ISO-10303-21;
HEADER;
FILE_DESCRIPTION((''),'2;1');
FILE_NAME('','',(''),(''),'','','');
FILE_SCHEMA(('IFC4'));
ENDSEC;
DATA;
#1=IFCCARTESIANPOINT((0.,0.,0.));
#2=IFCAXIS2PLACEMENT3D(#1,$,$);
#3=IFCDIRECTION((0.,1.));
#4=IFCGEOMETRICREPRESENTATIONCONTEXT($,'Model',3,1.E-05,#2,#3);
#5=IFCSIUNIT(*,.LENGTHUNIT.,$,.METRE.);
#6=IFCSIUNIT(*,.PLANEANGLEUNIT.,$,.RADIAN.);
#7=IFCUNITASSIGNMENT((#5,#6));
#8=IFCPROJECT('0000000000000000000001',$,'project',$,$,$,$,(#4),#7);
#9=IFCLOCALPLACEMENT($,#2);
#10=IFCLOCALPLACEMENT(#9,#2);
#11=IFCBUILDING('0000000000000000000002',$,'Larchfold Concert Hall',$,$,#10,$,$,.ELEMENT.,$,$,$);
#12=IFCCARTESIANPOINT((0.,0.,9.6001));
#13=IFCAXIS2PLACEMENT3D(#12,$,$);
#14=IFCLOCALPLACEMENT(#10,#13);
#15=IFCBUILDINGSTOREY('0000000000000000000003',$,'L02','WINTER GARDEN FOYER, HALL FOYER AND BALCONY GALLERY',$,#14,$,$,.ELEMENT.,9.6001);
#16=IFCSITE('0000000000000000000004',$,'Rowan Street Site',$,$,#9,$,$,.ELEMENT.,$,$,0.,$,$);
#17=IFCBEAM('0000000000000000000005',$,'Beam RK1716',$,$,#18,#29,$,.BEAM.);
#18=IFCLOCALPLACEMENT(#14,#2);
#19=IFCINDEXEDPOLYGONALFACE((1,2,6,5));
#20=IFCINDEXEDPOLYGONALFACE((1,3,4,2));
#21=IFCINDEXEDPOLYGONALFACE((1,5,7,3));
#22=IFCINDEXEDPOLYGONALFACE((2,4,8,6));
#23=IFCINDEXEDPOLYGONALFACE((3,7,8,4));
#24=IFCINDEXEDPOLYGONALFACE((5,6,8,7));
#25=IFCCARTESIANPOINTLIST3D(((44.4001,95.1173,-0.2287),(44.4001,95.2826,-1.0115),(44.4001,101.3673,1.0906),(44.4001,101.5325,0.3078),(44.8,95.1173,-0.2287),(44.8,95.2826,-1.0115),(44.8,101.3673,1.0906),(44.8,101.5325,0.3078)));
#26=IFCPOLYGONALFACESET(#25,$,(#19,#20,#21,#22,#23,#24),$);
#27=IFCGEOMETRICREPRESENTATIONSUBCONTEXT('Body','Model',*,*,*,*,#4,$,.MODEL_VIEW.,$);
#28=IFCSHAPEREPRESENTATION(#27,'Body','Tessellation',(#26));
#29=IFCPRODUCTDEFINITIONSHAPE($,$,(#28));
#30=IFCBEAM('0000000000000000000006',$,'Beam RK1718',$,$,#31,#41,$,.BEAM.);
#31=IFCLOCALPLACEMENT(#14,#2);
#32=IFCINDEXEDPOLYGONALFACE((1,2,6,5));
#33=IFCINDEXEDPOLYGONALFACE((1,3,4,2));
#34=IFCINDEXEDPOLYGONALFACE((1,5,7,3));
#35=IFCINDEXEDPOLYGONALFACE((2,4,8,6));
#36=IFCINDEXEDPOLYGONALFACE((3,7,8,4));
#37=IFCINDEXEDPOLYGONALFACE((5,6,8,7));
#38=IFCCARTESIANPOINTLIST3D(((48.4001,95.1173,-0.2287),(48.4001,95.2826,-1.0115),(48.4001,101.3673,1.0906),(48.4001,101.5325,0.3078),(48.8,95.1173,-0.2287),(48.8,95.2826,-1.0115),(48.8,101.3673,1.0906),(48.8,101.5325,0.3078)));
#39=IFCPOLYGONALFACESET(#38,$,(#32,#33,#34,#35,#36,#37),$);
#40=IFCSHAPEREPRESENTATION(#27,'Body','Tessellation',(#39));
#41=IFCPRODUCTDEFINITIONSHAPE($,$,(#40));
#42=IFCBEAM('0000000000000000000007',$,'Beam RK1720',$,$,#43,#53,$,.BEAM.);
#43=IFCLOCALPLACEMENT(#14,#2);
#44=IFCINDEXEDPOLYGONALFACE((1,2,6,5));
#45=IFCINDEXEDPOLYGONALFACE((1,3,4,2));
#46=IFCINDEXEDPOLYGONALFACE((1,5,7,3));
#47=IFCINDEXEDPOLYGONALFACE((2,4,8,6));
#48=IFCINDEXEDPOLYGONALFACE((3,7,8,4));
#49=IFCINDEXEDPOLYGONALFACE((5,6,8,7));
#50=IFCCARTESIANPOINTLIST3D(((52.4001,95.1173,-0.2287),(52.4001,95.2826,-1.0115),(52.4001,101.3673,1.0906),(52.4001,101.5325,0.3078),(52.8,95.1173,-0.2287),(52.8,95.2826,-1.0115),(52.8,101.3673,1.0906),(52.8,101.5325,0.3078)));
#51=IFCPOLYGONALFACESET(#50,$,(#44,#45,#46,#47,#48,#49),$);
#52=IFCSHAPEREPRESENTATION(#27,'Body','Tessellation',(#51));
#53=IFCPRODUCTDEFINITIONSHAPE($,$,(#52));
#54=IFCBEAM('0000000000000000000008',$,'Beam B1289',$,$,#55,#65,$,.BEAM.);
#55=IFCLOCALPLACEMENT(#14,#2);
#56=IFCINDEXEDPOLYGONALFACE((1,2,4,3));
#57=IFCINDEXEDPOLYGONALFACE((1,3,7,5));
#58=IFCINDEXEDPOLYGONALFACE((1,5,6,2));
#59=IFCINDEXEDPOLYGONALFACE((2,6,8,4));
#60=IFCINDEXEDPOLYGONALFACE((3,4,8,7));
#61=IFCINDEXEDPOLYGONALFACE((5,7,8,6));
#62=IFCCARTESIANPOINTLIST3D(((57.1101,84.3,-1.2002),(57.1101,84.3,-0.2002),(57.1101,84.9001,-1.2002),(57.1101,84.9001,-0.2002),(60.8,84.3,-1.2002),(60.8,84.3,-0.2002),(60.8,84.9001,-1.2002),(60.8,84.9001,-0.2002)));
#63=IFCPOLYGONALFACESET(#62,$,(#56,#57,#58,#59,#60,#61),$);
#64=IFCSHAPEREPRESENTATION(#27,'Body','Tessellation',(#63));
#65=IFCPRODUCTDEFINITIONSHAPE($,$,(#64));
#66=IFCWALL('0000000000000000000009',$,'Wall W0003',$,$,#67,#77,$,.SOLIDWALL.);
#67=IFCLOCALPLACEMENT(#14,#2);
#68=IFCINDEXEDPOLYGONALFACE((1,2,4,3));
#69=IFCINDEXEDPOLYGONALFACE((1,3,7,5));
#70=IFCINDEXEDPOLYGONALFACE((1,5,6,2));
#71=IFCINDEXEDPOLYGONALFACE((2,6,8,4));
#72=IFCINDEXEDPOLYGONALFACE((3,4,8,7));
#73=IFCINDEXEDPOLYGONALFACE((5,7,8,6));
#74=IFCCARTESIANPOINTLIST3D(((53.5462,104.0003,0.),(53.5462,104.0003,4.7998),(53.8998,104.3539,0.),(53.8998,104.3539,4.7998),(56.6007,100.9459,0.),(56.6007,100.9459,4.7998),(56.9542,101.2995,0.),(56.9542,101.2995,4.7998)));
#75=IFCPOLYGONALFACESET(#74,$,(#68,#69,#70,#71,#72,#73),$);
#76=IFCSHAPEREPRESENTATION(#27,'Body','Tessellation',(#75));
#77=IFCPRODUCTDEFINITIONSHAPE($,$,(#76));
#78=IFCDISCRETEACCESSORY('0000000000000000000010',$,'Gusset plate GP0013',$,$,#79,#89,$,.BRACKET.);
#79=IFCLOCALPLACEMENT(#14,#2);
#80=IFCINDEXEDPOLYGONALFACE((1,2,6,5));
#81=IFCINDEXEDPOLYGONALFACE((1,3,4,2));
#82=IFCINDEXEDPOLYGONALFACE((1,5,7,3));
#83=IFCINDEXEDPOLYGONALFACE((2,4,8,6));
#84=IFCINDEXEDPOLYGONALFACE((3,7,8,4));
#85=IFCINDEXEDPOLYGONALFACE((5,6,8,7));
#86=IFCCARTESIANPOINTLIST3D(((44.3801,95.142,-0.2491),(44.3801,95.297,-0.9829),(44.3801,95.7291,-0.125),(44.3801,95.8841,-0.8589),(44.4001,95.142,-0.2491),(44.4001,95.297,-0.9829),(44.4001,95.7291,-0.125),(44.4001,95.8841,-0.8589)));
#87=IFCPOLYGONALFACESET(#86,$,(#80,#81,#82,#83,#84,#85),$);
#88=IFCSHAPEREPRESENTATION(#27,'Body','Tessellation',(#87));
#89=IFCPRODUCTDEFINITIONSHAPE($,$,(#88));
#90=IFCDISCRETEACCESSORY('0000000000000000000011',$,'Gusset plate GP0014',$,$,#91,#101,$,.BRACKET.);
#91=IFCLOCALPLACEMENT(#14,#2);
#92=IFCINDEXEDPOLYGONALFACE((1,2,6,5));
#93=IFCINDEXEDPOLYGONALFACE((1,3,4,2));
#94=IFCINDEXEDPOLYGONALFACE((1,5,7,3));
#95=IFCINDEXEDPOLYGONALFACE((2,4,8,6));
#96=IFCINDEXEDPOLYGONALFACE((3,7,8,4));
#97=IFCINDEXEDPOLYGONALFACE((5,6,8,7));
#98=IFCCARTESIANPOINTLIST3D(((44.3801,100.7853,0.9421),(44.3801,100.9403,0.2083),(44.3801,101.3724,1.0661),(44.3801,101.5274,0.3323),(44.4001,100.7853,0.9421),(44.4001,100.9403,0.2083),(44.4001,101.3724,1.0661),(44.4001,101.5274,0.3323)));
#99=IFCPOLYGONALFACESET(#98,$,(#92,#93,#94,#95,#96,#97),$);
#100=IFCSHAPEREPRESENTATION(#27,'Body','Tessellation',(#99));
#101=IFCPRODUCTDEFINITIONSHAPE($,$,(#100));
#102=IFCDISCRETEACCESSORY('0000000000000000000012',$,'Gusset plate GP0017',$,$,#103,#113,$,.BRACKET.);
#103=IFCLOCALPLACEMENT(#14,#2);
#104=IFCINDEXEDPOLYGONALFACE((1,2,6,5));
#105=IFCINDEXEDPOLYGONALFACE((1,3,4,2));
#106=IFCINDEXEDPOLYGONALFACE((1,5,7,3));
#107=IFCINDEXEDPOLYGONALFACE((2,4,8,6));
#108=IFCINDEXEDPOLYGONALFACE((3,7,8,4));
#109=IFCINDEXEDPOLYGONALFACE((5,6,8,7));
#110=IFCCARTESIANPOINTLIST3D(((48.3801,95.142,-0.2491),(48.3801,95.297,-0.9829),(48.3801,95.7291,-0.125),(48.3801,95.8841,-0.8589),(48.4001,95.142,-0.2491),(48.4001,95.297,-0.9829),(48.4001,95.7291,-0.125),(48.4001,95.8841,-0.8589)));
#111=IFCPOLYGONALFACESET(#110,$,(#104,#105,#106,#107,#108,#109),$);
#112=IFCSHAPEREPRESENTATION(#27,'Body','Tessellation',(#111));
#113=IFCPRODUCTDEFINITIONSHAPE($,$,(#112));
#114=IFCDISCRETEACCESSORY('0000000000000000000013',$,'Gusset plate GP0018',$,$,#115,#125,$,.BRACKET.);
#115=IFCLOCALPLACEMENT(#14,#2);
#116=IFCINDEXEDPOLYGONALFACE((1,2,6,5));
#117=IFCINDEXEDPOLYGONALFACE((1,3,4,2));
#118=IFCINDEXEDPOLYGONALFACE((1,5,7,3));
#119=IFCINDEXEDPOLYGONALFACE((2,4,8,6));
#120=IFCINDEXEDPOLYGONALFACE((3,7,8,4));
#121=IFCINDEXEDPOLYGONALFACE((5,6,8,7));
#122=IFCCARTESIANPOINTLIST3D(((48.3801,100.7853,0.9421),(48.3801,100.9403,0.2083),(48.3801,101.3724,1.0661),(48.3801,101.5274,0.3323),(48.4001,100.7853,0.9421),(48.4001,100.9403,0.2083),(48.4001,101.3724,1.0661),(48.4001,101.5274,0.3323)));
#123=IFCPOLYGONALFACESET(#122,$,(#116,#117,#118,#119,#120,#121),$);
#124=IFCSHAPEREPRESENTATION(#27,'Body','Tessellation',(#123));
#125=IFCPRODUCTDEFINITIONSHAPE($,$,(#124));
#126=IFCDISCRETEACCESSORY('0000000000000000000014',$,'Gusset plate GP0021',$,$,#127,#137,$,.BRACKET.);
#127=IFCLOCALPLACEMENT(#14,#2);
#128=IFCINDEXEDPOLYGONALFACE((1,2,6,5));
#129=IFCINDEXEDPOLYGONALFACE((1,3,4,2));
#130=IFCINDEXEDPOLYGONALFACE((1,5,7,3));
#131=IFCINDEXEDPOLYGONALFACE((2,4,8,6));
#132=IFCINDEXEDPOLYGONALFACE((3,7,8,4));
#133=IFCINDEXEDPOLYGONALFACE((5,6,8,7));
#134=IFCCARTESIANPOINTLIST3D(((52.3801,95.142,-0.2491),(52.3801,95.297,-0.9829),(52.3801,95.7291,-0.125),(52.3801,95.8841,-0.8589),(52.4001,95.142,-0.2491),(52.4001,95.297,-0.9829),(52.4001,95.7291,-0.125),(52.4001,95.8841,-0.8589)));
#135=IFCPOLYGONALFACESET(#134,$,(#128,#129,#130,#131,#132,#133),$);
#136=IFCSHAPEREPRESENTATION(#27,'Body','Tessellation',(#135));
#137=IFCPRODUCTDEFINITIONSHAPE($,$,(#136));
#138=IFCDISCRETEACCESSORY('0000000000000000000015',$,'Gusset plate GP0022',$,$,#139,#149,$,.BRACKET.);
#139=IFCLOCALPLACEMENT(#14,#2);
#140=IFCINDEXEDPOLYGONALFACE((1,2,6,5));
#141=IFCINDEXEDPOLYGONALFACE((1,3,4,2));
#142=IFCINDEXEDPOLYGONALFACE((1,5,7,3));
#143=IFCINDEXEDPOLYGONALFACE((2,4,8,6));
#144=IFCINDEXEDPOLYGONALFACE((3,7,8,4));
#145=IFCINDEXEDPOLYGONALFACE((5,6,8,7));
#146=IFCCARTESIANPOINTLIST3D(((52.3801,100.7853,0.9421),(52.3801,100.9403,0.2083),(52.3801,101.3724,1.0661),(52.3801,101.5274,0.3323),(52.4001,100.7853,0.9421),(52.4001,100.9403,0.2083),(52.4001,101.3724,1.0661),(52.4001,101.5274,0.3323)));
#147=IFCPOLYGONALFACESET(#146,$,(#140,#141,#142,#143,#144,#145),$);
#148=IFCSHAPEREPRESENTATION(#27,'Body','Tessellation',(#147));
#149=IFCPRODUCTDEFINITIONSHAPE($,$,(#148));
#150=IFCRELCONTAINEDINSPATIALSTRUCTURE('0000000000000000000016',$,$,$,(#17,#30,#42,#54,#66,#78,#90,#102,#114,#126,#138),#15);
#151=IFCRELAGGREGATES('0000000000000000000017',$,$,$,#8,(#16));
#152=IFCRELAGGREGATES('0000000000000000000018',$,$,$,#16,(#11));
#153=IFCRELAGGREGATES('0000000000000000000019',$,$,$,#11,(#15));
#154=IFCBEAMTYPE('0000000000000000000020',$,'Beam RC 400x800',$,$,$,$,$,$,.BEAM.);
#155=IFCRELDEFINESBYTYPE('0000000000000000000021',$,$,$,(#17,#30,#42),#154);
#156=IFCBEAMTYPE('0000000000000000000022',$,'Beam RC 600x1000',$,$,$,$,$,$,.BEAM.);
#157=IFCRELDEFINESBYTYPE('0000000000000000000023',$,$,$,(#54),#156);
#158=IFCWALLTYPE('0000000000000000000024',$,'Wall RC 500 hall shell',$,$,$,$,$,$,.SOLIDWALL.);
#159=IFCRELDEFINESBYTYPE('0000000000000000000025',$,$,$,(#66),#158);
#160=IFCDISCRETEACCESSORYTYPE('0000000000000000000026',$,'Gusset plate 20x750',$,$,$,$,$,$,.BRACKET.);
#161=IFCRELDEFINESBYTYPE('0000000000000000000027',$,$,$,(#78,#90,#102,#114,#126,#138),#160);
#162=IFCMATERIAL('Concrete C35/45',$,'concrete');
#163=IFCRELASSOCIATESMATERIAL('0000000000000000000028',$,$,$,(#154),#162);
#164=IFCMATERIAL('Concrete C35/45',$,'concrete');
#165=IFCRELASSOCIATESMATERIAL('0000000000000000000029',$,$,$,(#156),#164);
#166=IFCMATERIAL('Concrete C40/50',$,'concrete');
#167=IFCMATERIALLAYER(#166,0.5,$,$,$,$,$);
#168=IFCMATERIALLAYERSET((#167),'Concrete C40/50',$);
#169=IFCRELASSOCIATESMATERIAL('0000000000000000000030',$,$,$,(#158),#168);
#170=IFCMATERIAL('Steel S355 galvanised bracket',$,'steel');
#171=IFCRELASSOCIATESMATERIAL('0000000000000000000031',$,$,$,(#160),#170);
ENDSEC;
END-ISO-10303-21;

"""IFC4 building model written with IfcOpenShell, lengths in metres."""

from ifc_helpers import new_model, si_unit, direction, frame, frame_2d, origin, origin_2d, place, context, subcontext, project, spatial, rectangle, extrude, material, layer, layer_set, material_profile, profile_set, type_object, element, save


model = new_model("IFC4")

# Units and contexts
model_context = context("Model", 3, precision=1e-05, world=origin(), true_north=direction((0.0, 1.0)))
body_context = subcontext(model_context, "Body", "Model", "MODEL_VIEW")
ifc_project = project(units=[si_unit("LENGTHUNIT", "METRE"), si_unit("PLANEANGLEUNIT", "RADIAN")], contexts=[model_context])

# Site, building, storey
site_placement = place(None, origin())
site = spatial("IfcSite", under=ifc_project, at=site_placement, Name="Rowan Street Site", CompositionType="ELEMENT", RefElevation=0.0)
building_placement = place(site_placement, origin())
building = spatial("IfcBuilding", under=site, at=building_placement, Name="Larchfold Concert Hall", CompositionType="ELEMENT")
storey_placement = place(building_placement, frame((0.0, 0.0, 9.6001)))
storey = spatial("IfcBuildingStorey", under=building, at=storey_placement, Name="L02", Description="WINTER GARDEN FOYER, HALL FOYER AND BALCONY GALLERY", CompositionType="ELEMENT", Elevation=9.6001)

# Beams
ifc_material_1 = material(Name="Concrete C35/45", Category="concrete")
ifc_material_profile_1 = material_profile(ifc_material_1, rectangle(XDim=0.3999, YDim=0.8, at=origin_2d()))
ifc_profile_set_1 = profile_set([ifc_material_profile_1], Name="Concrete C35/45")
beam_type_1 = type_object("IfcBeamType", Name="Beam RC 400x800", PredefinedType="BEAM", material=ifc_profile_set_1)
for number, where, z_axis, x_axis, name in (
    (1, (44.6001, 95.2, -0.6201), (0.0, 0.978438, 0.206542), (-1.0, 0.0, 0.0), "Beam RK1716"),
    (2, (48.6001, 95.2, -0.6201), (0.0, 0.978438, 0.206542), (-1.0, 0.0, 0.0), "Beam RK1718"),
    (3, (52.6001, 95.2, -0.6201), (0.0, 0.978438, 0.206542), (-1.0, 0.0, 0.0), "Beam RK1720"),
):
    element("IfcBeam", number, at=place(storey_placement, frame(where, z_axis=z_axis, x_axis=x_axis)), inside=storey, type_object=beam_type_1, Name=name, PredefinedType="BEAM", context=body_context, shape_type="SweptSolid", body=[
        extrude(rectangle(XDim=0.3999, YDim=0.8, at=origin_2d()), origin(), (0.0, 0.0, 1.0), 6.3877),
    ])
ifc_material_2 = material(Name="Concrete C35/45", Category="concrete")
ifc_material_profile_2 = material_profile(ifc_material_2, rectangle(XDim=0.6001, YDim=1.0, at=origin_2d()))
ifc_profile_set_2 = profile_set([ifc_material_profile_2], Name="Concrete C35/45")
beam_type_2 = type_object("IfcBeamType", Name="Beam RC 600x1000", PredefinedType="BEAM", material=ifc_profile_set_2)
beam_1_placement = place(storey_placement, frame((57.1101, 84.6001, -0.7002), z_axis=(1.0, 0.0, 0.0), x_axis=(0.0, 1.0, 0.0)))
element("IfcBeam", 4, at=beam_1_placement, inside=storey, type_object=beam_type_2, Name="Beam B1289", PredefinedType="BEAM", context=body_context, shape_type="SweptSolid", body=[
    extrude(rectangle(XDim=0.6001, YDim=1.0, at=origin_2d()), origin(), (0.0, 0.0, 1.0), 3.6899),
])

# Wall
ifc_material_3 = material(Name="Concrete C40/50", Category="concrete")
ifc_layer = layer(ifc_material_3, 0.5)
ifc_layer_set = layer_set([ifc_layer], Name="Concrete C40/50")
wall_type = type_object("IfcWallType", Name="Wall RC 500 hall shell", PredefinedType="SOLIDWALL", material=ifc_layer_set)
wall_placement = place(storey_placement, frame((56.7773, 101.1228, 0.0), z_axis=(0.0, 0.0, 1.0), x_axis=(-0.707107, 0.707107, 0.0)))
element("IfcWall", 5, at=wall_placement, inside=storey, type_object=wall_type, Name="Wall W0003", PredefinedType="SOLIDWALL", context=body_context, shape_type="SweptSolid", body=[
    extrude(rectangle(XDim=4.3196, YDim=0.5, at=frame_2d((2.1597, 0.0))), origin(), (0.0, 0.0, 1.0), 4.7998),
])

# Discrete accessories
ifc_material_4 = material(Name="Steel S355 galvanised bracket", Category="steel")
ifc_material_profile_3 = material_profile(ifc_material_4, rectangle(XDim=0.02, YDim=0.75, at=origin_2d()))
ifc_profile_set_3 = profile_set([ifc_material_profile_3], Name="Steel S355 galvanised bracket")
discrete_accessory_type = type_object("IfcDiscreteAccessoryType", Name="Gusset plate 20x750", PredefinedType="BRACKET", material=ifc_profile_set_3)
for number, where, z_axis, x_axis, name in (
    (6, (44.3901, 95.2195, -0.616), (0.0, 0.978411, 0.206667), (-1.0, 0.0, 0.0), "Gusset plate GP0013"),
    (7, (44.3901, 100.8628, 0.5752), (0.0, 0.978411, 0.206667), (-1.0, 0.0, 0.0), "Gusset plate GP0014"),
    (8, (48.3901, 95.2195, -0.616), (0.0, 0.978411, 0.206667), (-1.0, 0.0, 0.0), "Gusset plate GP0017"),
    (9, (48.3901, 100.8628, 0.5752), (0.0, 0.978411, 0.206667), (-1.0, 0.0, 0.0), "Gusset plate GP0018"),
    (10, (52.3901, 95.2195, -0.616), (0.0, 0.978411, 0.206667), (-1.0, 0.0, 0.0), "Gusset plate GP0021"),
    (11, (52.3901, 100.8628, 0.5752), (0.0, 0.978411, 0.206667), (-1.0, 0.0, 0.0), "Gusset plate GP0022"),
):
    element("IfcDiscreteAccessory", number, at=place(storey_placement, frame(where, z_axis=z_axis, x_axis=x_axis)), inside=storey, type_object=discrete_accessory_type, Name=name, PredefinedType="BRACKET", context=body_context, shape_type="SweptSolid", body=[
        extrude(rectangle(XDim=0.02, YDim=0.75, at=origin_2d()), origin(), (0.0, 0.0, 1.0), 0.6001),
    ])

save(model, "model.ifc")
